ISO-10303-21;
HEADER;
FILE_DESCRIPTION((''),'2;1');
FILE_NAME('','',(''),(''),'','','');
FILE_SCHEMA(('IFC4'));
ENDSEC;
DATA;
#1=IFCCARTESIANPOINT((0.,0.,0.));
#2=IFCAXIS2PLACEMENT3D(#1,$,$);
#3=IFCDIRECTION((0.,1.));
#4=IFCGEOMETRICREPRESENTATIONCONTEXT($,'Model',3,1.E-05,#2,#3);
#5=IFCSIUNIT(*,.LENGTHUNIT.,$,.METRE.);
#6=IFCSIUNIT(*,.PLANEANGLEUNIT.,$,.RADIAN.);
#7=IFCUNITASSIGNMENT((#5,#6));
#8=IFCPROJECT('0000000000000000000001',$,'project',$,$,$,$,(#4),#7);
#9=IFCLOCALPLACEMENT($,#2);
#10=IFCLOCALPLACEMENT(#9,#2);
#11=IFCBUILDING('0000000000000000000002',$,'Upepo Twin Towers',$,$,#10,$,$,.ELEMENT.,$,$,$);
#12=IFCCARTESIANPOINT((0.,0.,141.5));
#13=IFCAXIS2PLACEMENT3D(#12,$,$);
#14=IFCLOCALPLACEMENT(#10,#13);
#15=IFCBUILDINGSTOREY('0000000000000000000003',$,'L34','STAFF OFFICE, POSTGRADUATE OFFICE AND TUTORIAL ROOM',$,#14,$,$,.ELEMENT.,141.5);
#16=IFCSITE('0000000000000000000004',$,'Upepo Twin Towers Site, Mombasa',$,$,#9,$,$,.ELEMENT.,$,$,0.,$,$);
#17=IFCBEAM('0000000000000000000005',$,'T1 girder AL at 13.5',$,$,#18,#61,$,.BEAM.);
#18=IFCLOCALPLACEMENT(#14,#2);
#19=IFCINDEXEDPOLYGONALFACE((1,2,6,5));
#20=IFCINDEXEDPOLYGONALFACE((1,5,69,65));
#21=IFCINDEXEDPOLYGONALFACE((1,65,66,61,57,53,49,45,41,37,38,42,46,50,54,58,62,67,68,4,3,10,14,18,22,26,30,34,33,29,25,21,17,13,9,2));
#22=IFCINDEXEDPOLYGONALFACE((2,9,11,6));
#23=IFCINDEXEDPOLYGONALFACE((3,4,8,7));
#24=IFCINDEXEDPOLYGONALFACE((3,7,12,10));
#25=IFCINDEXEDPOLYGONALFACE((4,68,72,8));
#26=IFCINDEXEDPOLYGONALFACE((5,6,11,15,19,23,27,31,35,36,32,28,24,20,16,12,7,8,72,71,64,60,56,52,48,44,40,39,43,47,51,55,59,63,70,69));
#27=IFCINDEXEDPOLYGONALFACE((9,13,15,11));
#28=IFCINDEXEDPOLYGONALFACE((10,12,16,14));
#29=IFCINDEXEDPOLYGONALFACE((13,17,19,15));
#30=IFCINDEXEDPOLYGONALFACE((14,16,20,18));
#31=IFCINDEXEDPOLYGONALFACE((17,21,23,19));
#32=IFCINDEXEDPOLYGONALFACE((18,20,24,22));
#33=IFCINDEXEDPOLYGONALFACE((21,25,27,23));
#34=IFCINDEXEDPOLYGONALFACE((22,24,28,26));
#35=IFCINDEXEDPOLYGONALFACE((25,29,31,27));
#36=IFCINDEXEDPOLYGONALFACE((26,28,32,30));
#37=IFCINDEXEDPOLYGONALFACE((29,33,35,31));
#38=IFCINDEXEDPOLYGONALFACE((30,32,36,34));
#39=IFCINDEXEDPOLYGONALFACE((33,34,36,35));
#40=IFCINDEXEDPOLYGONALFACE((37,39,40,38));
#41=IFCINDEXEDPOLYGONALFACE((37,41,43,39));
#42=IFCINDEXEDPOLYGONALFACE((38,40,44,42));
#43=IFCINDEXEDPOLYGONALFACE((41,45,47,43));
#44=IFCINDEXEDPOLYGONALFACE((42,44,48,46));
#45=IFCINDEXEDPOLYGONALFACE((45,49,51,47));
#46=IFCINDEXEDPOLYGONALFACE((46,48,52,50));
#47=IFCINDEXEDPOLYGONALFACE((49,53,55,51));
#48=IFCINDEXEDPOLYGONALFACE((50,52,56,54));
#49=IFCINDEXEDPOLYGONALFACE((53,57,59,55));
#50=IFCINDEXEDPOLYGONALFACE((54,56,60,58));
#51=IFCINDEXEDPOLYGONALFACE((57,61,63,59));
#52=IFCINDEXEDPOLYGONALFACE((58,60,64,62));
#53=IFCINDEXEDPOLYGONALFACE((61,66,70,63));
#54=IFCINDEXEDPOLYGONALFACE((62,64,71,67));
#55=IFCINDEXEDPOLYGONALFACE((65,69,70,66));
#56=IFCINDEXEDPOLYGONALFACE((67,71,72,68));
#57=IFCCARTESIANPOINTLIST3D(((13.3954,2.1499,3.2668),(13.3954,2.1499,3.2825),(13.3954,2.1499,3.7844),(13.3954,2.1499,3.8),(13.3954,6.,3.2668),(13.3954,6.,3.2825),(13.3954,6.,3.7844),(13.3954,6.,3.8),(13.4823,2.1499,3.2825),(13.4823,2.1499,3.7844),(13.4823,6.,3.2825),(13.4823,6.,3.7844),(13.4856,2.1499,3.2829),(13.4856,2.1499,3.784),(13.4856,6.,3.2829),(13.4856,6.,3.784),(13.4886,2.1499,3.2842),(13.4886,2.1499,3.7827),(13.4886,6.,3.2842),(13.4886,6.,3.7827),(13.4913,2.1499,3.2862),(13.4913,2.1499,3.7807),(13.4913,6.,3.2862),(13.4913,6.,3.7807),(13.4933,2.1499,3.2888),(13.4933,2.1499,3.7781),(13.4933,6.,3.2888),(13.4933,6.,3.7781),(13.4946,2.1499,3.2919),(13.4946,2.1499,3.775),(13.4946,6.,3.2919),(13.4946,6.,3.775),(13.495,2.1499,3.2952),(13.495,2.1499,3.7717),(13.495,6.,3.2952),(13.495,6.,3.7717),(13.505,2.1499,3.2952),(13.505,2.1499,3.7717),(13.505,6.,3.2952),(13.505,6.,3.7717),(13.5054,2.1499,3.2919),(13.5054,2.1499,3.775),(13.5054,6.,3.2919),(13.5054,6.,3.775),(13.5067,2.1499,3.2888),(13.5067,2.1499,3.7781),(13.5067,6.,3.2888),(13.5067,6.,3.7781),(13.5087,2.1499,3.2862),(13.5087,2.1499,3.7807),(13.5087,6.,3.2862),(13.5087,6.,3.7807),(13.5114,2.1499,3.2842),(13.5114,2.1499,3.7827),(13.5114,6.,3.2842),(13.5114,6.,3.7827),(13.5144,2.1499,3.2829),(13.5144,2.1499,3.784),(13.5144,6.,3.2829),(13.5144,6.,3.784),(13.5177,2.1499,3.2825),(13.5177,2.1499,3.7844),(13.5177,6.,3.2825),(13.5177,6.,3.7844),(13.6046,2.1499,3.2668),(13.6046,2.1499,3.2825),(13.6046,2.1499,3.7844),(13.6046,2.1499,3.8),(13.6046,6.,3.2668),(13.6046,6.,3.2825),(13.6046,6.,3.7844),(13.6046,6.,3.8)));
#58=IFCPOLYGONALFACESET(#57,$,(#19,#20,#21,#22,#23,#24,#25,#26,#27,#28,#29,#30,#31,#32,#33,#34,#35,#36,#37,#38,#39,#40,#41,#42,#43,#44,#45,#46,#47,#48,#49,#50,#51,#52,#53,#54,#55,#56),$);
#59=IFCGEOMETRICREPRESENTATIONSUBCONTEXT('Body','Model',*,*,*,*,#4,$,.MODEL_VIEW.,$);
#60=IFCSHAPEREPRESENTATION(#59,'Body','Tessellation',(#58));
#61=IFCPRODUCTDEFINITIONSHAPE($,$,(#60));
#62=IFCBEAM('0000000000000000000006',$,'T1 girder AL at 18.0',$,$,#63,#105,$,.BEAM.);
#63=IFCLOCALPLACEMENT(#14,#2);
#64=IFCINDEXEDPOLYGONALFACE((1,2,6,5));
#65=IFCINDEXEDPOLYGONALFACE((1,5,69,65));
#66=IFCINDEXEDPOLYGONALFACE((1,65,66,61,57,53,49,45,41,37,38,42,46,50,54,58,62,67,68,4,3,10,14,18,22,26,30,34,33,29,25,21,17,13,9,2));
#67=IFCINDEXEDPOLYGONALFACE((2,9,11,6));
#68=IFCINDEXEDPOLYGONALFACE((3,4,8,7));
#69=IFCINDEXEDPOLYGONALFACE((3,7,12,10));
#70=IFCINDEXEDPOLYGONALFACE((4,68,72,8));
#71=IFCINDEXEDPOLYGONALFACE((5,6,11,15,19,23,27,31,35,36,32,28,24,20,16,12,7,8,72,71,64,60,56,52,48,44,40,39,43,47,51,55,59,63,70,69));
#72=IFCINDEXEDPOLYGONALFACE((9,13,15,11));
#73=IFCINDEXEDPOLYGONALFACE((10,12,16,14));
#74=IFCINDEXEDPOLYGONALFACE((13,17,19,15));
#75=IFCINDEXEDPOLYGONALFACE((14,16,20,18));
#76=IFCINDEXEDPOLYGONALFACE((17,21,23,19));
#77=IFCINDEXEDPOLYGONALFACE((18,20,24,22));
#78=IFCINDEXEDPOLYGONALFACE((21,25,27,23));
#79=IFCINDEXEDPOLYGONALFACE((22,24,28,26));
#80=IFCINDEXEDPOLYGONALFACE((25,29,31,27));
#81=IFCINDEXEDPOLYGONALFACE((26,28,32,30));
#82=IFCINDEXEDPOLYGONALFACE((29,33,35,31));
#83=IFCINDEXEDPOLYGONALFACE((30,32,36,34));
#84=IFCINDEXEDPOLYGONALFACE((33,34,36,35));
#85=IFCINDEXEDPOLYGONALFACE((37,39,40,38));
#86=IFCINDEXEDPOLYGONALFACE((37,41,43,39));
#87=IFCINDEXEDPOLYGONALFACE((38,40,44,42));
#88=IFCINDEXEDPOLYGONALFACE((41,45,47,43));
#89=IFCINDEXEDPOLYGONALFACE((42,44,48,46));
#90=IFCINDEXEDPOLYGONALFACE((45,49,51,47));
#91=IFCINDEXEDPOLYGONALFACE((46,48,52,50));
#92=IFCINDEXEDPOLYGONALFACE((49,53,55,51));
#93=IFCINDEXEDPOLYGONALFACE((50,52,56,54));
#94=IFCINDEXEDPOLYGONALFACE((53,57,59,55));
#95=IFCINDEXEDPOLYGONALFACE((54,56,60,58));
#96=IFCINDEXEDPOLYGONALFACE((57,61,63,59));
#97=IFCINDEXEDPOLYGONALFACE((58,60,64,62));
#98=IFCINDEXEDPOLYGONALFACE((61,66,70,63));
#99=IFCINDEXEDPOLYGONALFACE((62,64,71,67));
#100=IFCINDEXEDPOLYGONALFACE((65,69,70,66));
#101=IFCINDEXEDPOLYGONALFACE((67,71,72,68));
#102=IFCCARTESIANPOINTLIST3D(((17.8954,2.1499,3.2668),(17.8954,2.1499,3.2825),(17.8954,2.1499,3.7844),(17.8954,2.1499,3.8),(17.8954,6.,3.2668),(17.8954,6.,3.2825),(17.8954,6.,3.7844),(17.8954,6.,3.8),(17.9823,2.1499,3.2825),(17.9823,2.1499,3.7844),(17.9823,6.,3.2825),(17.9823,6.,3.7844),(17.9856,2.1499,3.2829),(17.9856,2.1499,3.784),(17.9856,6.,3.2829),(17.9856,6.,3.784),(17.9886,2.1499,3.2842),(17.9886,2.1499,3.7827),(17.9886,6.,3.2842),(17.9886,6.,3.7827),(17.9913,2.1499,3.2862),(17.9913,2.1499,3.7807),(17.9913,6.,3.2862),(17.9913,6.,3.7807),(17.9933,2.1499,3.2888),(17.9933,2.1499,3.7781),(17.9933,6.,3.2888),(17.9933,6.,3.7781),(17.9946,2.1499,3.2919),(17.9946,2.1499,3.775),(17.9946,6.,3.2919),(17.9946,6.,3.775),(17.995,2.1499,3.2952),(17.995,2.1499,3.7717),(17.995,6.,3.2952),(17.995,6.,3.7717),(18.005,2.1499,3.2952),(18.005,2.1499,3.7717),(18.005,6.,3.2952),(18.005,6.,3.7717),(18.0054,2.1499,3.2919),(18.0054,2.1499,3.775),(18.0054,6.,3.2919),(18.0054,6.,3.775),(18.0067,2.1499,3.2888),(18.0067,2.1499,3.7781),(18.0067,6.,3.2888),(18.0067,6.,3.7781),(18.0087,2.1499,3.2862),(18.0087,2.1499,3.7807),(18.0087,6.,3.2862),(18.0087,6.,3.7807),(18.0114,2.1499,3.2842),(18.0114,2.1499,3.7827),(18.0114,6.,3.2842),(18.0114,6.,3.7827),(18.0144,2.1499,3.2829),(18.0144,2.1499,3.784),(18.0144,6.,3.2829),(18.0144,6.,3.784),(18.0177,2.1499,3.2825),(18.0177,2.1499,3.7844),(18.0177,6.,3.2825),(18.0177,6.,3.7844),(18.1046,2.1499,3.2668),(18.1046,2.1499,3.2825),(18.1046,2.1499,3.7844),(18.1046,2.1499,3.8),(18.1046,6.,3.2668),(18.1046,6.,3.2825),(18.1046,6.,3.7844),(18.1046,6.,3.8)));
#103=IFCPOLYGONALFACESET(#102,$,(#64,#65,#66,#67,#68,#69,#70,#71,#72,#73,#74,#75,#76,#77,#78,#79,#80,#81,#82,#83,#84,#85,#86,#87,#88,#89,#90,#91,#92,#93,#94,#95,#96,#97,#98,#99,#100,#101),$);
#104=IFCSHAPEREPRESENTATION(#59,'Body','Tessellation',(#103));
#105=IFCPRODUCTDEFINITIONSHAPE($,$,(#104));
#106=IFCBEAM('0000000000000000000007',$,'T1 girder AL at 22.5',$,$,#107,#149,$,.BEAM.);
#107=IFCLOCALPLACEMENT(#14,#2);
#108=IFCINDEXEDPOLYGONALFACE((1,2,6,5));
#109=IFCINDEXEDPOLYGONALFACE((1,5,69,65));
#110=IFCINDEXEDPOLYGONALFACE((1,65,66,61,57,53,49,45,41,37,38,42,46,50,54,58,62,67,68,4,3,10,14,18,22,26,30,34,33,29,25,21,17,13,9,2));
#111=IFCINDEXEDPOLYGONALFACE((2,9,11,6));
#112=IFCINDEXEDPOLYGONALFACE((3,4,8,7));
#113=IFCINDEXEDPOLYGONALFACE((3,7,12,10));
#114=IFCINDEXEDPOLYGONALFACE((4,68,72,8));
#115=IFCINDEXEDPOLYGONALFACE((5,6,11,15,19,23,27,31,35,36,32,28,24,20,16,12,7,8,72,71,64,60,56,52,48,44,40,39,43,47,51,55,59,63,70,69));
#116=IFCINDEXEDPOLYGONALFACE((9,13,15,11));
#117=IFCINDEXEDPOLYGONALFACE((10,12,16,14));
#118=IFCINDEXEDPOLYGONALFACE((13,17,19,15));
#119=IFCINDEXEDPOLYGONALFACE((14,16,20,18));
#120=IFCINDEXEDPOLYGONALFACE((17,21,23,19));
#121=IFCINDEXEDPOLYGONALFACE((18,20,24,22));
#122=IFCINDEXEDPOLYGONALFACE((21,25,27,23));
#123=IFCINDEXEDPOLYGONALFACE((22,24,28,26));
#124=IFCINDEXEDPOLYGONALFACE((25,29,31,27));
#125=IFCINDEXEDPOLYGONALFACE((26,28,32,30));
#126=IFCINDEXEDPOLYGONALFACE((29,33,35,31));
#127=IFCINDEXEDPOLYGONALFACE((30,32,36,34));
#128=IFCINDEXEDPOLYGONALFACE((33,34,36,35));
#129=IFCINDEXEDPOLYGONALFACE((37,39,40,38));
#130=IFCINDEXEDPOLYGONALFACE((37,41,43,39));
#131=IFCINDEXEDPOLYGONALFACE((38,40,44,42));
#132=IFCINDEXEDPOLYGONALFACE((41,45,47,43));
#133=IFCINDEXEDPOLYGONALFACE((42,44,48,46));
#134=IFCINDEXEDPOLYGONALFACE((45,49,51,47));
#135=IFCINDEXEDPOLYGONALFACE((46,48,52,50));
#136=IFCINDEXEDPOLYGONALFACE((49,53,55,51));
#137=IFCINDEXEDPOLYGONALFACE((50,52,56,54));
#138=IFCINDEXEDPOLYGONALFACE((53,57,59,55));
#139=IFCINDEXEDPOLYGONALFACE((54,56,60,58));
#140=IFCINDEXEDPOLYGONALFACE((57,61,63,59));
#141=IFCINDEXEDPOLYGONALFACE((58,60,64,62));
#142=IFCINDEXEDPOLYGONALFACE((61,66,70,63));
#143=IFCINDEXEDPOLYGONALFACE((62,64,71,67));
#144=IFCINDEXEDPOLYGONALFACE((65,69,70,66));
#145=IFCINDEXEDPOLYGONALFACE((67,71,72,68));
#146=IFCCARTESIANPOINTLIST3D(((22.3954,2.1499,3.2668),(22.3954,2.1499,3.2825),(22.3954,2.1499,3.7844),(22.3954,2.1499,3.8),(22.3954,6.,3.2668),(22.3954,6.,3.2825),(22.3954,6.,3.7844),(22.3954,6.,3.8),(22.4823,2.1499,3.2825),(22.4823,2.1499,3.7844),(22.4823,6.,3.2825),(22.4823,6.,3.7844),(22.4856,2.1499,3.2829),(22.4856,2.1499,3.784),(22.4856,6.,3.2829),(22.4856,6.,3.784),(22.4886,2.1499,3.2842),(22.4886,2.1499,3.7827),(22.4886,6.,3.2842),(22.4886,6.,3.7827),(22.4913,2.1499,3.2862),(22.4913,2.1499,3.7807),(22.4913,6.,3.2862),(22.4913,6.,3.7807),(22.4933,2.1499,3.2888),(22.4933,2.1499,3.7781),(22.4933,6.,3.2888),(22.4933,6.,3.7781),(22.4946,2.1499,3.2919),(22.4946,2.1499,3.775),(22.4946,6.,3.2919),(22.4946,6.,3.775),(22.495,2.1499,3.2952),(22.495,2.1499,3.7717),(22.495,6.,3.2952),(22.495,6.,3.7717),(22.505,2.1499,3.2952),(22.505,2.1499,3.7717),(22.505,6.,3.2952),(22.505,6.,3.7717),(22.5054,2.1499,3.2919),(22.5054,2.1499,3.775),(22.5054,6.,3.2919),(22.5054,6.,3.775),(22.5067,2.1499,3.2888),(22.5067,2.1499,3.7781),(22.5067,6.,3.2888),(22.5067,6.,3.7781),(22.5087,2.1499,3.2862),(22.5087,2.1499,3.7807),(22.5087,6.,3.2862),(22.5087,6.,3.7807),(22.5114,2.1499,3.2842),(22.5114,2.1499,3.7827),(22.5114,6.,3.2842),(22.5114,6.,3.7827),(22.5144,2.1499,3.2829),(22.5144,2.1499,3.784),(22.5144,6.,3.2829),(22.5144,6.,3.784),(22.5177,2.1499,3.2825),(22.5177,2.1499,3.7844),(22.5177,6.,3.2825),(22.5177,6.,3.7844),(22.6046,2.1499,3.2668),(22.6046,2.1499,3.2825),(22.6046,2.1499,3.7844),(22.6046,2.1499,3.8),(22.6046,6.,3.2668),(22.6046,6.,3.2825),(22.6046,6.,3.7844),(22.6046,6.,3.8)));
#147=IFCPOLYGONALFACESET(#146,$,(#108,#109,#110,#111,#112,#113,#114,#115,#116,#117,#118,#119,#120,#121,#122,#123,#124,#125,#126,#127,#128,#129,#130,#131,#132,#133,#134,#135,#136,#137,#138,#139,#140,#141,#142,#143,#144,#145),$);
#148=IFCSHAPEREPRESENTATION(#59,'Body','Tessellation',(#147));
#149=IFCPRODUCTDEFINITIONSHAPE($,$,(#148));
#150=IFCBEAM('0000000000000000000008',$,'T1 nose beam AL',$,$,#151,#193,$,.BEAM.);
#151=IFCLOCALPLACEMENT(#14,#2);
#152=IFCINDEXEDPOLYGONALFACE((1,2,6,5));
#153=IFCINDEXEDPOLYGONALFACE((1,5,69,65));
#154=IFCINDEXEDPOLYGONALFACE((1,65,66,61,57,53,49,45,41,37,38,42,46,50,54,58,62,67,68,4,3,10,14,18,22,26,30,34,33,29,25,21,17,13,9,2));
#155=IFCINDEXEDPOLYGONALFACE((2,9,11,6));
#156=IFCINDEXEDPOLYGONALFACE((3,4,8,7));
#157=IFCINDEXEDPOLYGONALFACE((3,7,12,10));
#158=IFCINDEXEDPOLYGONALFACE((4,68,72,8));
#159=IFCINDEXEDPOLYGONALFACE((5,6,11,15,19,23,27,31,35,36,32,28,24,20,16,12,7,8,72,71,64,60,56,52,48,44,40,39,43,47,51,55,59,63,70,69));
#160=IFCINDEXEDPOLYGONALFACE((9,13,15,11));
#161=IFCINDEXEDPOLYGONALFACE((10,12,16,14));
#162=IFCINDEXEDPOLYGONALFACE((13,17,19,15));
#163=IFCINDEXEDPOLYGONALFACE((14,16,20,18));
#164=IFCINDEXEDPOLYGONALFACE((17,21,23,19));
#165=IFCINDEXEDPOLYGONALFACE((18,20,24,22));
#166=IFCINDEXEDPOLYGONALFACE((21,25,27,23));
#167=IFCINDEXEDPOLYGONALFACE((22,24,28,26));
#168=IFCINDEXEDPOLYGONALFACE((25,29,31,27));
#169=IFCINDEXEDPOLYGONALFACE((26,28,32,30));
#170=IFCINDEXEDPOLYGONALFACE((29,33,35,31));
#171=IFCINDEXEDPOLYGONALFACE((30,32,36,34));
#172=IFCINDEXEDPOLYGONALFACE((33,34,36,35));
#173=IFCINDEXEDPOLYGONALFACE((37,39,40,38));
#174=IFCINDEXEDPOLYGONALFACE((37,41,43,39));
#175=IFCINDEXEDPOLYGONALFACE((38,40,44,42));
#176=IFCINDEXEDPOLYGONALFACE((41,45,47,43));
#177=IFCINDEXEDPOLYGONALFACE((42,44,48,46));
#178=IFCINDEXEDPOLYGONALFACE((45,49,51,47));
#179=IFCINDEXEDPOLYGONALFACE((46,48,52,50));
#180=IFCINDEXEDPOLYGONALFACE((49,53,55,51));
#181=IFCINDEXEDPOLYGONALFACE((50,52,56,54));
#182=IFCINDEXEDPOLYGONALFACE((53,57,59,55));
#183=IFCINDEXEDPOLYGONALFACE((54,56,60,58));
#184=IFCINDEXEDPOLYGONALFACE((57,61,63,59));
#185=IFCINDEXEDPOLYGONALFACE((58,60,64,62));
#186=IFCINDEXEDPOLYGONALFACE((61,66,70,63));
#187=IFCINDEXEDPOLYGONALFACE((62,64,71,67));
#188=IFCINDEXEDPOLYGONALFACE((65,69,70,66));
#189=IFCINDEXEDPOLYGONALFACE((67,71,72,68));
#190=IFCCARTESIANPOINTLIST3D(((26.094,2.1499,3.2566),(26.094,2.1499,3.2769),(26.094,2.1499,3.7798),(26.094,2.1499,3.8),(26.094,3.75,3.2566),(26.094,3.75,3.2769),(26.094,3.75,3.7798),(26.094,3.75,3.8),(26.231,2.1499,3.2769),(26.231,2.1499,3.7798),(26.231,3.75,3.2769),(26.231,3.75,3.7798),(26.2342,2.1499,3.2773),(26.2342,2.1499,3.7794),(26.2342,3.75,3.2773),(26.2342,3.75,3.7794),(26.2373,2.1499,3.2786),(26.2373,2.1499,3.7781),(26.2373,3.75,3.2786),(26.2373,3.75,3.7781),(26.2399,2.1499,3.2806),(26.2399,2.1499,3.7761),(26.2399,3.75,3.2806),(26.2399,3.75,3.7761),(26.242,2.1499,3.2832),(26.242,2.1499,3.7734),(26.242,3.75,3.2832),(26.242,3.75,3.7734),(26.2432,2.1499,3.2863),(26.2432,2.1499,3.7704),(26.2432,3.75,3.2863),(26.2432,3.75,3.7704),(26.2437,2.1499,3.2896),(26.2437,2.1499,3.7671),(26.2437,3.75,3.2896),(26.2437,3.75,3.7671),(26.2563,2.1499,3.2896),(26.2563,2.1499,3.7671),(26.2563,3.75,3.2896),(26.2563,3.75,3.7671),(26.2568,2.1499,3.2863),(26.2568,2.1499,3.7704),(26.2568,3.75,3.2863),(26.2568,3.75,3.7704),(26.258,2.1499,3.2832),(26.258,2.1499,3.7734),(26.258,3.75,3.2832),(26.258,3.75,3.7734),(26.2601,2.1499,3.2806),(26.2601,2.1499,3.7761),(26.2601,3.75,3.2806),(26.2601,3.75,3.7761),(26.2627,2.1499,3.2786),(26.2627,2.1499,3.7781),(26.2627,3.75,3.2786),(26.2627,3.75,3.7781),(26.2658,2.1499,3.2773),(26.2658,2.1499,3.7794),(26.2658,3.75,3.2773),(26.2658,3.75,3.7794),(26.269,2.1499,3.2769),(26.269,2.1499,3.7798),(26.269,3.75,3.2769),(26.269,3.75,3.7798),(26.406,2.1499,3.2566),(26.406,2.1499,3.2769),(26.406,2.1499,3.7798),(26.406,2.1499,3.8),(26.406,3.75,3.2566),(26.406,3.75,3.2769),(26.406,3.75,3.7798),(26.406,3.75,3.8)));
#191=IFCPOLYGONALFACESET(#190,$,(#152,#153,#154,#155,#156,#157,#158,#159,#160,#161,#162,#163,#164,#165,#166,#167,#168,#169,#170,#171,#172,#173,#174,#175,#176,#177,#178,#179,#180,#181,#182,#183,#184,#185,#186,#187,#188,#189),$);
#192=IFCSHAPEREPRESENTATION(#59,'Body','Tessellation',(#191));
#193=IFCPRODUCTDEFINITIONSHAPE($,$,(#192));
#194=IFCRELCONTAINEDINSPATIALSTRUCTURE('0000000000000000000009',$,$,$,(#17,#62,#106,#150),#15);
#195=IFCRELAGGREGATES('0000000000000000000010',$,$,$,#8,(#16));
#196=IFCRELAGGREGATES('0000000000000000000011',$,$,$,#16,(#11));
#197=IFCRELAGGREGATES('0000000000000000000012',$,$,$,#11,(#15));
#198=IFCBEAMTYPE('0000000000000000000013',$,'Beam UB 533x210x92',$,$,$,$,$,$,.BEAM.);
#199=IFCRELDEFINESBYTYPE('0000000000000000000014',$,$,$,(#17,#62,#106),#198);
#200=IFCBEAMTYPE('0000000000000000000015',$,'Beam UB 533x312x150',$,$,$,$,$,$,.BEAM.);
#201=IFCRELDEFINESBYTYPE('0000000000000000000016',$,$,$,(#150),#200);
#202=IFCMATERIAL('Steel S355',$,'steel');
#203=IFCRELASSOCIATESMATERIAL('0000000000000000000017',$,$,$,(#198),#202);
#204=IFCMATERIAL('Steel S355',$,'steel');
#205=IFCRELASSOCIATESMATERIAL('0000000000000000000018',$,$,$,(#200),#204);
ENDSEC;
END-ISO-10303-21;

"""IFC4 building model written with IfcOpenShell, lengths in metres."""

from ifc_helpers import new_model, si_unit, direction, frame, origin, origin_2d, place, context, subcontext, project, spatial, i_section, extrude, material, material_profile, profile_set, type_object, element, save


model = new_model("IFC4")

# Units and contexts
model_context = context("Model", 3, precision=1e-05, world=origin(), true_north=direction((0.0, 1.0)))
body_context = subcontext(model_context, "Body", "Model", "MODEL_VIEW")
ifc_project = project(units=[si_unit("LENGTHUNIT", "METRE"), si_unit("PLANEANGLEUNIT", "RADIAN")], contexts=[model_context])

# Site, building, storey
site_placement = place(None, origin())
site = spatial("IfcSite", under=ifc_project, at=site_placement, Name="Upepo Twin Towers Site, Mombasa", CompositionType="ELEMENT", RefElevation=0.0)
building_placement = place(site_placement, origin())
building = spatial("IfcBuilding", under=site, at=building_placement, Name="Upepo Twin Towers", CompositionType="ELEMENT")
storey_placement = place(building_placement, frame((0.0, 0.0, 141.5)))
storey = spatial("IfcBuildingStorey", under=building, at=storey_placement, Name="L34", Description="STAFF OFFICE, POSTGRADUATE OFFICE AND TUTORIAL ROOM", CompositionType="ELEMENT", Elevation=141.5)

# Beams
ifc_material_1 = material(Name="Steel S355", Category="steel")
ifc_material_profile_1 = material_profile(ifc_material_1, i_section(OverallWidth=0.2092, OverallDepth=0.5332, WebThickness=0.01, FlangeThickness=0.0156, FilletRadius=0.0127, at=origin_2d()), Name="UB 533x210x92")
ifc_profile_set_1 = profile_set([ifc_material_profile_1], Name="Steel S355")
beam_type_1 = type_object("IfcBeamType", Name="Beam UB 533x210x92", PredefinedType="BEAM", material=ifc_profile_set_1)
for number, where, z_axis, x_axis, name in (
    (1, (13.5, 6.0, 3.5334), (0.0, -1.0, 0.0), (1.0, 0.0, 0.0), "T1 girder AL at 13.5"),
    (2, (18.0, 6.0, 3.5334), (0.0, -1.0, 0.0), (1.0, 0.0, 0.0), "T1 girder AL at 18.0"),
    (3, (22.5, 6.0, 3.5334), (0.0, -1.0, 0.0), (1.0, 0.0, 0.0), "T1 girder AL at 22.5"),
):
    element("IfcBeam", number, at=place(storey_placement, frame(where, z_axis=z_axis, x_axis=x_axis)), inside=storey, type_object=beam_type_1, Name=name, PredefinedType="BEAM", context=body_context, shape_type="SweptSolid", body=[
        extrude(i_section(OverallWidth=0.2092, OverallDepth=0.5332, WebThickness=0.01, FlangeThickness=0.0156, FilletRadius=0.0127, at=origin_2d()), origin(), (0.0, 0.0, 1.0), 3.8501),
    ])
ifc_material_2 = material(Name="Steel S355", Category="steel")
ifc_material_profile_2 = material_profile(ifc_material_2, i_section(OverallWidth=0.312, OverallDepth=0.5435, WebThickness=0.0127, FlangeThickness=0.0203, FilletRadius=0.0127, at=origin_2d()), Name="UB 533x312x150")
ifc_profile_set_2 = profile_set([ifc_material_profile_2], Name="Steel S355")
beam_type_2 = type_object("IfcBeamType", Name="Beam UB 533x312x150", PredefinedType="BEAM", material=ifc_profile_set_2)
beam_1_placement = place(storey_placement, frame((26.25, 3.75, 3.5283), z_axis=(0.0, -1.0, 0.0), x_axis=(1.0, 0.0, 0.0)))
element("IfcBeam", 4, at=beam_1_placement, inside=storey, type_object=beam_type_2, Name="T1 nose beam AL", PredefinedType="BEAM", context=body_context, shape_type="SweptSolid", body=[
    extrude(i_section(OverallWidth=0.312, OverallDepth=0.5435, WebThickness=0.0127, FlangeThickness=0.0203, FilletRadius=0.0127, at=origin_2d()), origin(), (0.0, 0.0, 1.0), 1.6001),
])

save(model, "model.ifc")
